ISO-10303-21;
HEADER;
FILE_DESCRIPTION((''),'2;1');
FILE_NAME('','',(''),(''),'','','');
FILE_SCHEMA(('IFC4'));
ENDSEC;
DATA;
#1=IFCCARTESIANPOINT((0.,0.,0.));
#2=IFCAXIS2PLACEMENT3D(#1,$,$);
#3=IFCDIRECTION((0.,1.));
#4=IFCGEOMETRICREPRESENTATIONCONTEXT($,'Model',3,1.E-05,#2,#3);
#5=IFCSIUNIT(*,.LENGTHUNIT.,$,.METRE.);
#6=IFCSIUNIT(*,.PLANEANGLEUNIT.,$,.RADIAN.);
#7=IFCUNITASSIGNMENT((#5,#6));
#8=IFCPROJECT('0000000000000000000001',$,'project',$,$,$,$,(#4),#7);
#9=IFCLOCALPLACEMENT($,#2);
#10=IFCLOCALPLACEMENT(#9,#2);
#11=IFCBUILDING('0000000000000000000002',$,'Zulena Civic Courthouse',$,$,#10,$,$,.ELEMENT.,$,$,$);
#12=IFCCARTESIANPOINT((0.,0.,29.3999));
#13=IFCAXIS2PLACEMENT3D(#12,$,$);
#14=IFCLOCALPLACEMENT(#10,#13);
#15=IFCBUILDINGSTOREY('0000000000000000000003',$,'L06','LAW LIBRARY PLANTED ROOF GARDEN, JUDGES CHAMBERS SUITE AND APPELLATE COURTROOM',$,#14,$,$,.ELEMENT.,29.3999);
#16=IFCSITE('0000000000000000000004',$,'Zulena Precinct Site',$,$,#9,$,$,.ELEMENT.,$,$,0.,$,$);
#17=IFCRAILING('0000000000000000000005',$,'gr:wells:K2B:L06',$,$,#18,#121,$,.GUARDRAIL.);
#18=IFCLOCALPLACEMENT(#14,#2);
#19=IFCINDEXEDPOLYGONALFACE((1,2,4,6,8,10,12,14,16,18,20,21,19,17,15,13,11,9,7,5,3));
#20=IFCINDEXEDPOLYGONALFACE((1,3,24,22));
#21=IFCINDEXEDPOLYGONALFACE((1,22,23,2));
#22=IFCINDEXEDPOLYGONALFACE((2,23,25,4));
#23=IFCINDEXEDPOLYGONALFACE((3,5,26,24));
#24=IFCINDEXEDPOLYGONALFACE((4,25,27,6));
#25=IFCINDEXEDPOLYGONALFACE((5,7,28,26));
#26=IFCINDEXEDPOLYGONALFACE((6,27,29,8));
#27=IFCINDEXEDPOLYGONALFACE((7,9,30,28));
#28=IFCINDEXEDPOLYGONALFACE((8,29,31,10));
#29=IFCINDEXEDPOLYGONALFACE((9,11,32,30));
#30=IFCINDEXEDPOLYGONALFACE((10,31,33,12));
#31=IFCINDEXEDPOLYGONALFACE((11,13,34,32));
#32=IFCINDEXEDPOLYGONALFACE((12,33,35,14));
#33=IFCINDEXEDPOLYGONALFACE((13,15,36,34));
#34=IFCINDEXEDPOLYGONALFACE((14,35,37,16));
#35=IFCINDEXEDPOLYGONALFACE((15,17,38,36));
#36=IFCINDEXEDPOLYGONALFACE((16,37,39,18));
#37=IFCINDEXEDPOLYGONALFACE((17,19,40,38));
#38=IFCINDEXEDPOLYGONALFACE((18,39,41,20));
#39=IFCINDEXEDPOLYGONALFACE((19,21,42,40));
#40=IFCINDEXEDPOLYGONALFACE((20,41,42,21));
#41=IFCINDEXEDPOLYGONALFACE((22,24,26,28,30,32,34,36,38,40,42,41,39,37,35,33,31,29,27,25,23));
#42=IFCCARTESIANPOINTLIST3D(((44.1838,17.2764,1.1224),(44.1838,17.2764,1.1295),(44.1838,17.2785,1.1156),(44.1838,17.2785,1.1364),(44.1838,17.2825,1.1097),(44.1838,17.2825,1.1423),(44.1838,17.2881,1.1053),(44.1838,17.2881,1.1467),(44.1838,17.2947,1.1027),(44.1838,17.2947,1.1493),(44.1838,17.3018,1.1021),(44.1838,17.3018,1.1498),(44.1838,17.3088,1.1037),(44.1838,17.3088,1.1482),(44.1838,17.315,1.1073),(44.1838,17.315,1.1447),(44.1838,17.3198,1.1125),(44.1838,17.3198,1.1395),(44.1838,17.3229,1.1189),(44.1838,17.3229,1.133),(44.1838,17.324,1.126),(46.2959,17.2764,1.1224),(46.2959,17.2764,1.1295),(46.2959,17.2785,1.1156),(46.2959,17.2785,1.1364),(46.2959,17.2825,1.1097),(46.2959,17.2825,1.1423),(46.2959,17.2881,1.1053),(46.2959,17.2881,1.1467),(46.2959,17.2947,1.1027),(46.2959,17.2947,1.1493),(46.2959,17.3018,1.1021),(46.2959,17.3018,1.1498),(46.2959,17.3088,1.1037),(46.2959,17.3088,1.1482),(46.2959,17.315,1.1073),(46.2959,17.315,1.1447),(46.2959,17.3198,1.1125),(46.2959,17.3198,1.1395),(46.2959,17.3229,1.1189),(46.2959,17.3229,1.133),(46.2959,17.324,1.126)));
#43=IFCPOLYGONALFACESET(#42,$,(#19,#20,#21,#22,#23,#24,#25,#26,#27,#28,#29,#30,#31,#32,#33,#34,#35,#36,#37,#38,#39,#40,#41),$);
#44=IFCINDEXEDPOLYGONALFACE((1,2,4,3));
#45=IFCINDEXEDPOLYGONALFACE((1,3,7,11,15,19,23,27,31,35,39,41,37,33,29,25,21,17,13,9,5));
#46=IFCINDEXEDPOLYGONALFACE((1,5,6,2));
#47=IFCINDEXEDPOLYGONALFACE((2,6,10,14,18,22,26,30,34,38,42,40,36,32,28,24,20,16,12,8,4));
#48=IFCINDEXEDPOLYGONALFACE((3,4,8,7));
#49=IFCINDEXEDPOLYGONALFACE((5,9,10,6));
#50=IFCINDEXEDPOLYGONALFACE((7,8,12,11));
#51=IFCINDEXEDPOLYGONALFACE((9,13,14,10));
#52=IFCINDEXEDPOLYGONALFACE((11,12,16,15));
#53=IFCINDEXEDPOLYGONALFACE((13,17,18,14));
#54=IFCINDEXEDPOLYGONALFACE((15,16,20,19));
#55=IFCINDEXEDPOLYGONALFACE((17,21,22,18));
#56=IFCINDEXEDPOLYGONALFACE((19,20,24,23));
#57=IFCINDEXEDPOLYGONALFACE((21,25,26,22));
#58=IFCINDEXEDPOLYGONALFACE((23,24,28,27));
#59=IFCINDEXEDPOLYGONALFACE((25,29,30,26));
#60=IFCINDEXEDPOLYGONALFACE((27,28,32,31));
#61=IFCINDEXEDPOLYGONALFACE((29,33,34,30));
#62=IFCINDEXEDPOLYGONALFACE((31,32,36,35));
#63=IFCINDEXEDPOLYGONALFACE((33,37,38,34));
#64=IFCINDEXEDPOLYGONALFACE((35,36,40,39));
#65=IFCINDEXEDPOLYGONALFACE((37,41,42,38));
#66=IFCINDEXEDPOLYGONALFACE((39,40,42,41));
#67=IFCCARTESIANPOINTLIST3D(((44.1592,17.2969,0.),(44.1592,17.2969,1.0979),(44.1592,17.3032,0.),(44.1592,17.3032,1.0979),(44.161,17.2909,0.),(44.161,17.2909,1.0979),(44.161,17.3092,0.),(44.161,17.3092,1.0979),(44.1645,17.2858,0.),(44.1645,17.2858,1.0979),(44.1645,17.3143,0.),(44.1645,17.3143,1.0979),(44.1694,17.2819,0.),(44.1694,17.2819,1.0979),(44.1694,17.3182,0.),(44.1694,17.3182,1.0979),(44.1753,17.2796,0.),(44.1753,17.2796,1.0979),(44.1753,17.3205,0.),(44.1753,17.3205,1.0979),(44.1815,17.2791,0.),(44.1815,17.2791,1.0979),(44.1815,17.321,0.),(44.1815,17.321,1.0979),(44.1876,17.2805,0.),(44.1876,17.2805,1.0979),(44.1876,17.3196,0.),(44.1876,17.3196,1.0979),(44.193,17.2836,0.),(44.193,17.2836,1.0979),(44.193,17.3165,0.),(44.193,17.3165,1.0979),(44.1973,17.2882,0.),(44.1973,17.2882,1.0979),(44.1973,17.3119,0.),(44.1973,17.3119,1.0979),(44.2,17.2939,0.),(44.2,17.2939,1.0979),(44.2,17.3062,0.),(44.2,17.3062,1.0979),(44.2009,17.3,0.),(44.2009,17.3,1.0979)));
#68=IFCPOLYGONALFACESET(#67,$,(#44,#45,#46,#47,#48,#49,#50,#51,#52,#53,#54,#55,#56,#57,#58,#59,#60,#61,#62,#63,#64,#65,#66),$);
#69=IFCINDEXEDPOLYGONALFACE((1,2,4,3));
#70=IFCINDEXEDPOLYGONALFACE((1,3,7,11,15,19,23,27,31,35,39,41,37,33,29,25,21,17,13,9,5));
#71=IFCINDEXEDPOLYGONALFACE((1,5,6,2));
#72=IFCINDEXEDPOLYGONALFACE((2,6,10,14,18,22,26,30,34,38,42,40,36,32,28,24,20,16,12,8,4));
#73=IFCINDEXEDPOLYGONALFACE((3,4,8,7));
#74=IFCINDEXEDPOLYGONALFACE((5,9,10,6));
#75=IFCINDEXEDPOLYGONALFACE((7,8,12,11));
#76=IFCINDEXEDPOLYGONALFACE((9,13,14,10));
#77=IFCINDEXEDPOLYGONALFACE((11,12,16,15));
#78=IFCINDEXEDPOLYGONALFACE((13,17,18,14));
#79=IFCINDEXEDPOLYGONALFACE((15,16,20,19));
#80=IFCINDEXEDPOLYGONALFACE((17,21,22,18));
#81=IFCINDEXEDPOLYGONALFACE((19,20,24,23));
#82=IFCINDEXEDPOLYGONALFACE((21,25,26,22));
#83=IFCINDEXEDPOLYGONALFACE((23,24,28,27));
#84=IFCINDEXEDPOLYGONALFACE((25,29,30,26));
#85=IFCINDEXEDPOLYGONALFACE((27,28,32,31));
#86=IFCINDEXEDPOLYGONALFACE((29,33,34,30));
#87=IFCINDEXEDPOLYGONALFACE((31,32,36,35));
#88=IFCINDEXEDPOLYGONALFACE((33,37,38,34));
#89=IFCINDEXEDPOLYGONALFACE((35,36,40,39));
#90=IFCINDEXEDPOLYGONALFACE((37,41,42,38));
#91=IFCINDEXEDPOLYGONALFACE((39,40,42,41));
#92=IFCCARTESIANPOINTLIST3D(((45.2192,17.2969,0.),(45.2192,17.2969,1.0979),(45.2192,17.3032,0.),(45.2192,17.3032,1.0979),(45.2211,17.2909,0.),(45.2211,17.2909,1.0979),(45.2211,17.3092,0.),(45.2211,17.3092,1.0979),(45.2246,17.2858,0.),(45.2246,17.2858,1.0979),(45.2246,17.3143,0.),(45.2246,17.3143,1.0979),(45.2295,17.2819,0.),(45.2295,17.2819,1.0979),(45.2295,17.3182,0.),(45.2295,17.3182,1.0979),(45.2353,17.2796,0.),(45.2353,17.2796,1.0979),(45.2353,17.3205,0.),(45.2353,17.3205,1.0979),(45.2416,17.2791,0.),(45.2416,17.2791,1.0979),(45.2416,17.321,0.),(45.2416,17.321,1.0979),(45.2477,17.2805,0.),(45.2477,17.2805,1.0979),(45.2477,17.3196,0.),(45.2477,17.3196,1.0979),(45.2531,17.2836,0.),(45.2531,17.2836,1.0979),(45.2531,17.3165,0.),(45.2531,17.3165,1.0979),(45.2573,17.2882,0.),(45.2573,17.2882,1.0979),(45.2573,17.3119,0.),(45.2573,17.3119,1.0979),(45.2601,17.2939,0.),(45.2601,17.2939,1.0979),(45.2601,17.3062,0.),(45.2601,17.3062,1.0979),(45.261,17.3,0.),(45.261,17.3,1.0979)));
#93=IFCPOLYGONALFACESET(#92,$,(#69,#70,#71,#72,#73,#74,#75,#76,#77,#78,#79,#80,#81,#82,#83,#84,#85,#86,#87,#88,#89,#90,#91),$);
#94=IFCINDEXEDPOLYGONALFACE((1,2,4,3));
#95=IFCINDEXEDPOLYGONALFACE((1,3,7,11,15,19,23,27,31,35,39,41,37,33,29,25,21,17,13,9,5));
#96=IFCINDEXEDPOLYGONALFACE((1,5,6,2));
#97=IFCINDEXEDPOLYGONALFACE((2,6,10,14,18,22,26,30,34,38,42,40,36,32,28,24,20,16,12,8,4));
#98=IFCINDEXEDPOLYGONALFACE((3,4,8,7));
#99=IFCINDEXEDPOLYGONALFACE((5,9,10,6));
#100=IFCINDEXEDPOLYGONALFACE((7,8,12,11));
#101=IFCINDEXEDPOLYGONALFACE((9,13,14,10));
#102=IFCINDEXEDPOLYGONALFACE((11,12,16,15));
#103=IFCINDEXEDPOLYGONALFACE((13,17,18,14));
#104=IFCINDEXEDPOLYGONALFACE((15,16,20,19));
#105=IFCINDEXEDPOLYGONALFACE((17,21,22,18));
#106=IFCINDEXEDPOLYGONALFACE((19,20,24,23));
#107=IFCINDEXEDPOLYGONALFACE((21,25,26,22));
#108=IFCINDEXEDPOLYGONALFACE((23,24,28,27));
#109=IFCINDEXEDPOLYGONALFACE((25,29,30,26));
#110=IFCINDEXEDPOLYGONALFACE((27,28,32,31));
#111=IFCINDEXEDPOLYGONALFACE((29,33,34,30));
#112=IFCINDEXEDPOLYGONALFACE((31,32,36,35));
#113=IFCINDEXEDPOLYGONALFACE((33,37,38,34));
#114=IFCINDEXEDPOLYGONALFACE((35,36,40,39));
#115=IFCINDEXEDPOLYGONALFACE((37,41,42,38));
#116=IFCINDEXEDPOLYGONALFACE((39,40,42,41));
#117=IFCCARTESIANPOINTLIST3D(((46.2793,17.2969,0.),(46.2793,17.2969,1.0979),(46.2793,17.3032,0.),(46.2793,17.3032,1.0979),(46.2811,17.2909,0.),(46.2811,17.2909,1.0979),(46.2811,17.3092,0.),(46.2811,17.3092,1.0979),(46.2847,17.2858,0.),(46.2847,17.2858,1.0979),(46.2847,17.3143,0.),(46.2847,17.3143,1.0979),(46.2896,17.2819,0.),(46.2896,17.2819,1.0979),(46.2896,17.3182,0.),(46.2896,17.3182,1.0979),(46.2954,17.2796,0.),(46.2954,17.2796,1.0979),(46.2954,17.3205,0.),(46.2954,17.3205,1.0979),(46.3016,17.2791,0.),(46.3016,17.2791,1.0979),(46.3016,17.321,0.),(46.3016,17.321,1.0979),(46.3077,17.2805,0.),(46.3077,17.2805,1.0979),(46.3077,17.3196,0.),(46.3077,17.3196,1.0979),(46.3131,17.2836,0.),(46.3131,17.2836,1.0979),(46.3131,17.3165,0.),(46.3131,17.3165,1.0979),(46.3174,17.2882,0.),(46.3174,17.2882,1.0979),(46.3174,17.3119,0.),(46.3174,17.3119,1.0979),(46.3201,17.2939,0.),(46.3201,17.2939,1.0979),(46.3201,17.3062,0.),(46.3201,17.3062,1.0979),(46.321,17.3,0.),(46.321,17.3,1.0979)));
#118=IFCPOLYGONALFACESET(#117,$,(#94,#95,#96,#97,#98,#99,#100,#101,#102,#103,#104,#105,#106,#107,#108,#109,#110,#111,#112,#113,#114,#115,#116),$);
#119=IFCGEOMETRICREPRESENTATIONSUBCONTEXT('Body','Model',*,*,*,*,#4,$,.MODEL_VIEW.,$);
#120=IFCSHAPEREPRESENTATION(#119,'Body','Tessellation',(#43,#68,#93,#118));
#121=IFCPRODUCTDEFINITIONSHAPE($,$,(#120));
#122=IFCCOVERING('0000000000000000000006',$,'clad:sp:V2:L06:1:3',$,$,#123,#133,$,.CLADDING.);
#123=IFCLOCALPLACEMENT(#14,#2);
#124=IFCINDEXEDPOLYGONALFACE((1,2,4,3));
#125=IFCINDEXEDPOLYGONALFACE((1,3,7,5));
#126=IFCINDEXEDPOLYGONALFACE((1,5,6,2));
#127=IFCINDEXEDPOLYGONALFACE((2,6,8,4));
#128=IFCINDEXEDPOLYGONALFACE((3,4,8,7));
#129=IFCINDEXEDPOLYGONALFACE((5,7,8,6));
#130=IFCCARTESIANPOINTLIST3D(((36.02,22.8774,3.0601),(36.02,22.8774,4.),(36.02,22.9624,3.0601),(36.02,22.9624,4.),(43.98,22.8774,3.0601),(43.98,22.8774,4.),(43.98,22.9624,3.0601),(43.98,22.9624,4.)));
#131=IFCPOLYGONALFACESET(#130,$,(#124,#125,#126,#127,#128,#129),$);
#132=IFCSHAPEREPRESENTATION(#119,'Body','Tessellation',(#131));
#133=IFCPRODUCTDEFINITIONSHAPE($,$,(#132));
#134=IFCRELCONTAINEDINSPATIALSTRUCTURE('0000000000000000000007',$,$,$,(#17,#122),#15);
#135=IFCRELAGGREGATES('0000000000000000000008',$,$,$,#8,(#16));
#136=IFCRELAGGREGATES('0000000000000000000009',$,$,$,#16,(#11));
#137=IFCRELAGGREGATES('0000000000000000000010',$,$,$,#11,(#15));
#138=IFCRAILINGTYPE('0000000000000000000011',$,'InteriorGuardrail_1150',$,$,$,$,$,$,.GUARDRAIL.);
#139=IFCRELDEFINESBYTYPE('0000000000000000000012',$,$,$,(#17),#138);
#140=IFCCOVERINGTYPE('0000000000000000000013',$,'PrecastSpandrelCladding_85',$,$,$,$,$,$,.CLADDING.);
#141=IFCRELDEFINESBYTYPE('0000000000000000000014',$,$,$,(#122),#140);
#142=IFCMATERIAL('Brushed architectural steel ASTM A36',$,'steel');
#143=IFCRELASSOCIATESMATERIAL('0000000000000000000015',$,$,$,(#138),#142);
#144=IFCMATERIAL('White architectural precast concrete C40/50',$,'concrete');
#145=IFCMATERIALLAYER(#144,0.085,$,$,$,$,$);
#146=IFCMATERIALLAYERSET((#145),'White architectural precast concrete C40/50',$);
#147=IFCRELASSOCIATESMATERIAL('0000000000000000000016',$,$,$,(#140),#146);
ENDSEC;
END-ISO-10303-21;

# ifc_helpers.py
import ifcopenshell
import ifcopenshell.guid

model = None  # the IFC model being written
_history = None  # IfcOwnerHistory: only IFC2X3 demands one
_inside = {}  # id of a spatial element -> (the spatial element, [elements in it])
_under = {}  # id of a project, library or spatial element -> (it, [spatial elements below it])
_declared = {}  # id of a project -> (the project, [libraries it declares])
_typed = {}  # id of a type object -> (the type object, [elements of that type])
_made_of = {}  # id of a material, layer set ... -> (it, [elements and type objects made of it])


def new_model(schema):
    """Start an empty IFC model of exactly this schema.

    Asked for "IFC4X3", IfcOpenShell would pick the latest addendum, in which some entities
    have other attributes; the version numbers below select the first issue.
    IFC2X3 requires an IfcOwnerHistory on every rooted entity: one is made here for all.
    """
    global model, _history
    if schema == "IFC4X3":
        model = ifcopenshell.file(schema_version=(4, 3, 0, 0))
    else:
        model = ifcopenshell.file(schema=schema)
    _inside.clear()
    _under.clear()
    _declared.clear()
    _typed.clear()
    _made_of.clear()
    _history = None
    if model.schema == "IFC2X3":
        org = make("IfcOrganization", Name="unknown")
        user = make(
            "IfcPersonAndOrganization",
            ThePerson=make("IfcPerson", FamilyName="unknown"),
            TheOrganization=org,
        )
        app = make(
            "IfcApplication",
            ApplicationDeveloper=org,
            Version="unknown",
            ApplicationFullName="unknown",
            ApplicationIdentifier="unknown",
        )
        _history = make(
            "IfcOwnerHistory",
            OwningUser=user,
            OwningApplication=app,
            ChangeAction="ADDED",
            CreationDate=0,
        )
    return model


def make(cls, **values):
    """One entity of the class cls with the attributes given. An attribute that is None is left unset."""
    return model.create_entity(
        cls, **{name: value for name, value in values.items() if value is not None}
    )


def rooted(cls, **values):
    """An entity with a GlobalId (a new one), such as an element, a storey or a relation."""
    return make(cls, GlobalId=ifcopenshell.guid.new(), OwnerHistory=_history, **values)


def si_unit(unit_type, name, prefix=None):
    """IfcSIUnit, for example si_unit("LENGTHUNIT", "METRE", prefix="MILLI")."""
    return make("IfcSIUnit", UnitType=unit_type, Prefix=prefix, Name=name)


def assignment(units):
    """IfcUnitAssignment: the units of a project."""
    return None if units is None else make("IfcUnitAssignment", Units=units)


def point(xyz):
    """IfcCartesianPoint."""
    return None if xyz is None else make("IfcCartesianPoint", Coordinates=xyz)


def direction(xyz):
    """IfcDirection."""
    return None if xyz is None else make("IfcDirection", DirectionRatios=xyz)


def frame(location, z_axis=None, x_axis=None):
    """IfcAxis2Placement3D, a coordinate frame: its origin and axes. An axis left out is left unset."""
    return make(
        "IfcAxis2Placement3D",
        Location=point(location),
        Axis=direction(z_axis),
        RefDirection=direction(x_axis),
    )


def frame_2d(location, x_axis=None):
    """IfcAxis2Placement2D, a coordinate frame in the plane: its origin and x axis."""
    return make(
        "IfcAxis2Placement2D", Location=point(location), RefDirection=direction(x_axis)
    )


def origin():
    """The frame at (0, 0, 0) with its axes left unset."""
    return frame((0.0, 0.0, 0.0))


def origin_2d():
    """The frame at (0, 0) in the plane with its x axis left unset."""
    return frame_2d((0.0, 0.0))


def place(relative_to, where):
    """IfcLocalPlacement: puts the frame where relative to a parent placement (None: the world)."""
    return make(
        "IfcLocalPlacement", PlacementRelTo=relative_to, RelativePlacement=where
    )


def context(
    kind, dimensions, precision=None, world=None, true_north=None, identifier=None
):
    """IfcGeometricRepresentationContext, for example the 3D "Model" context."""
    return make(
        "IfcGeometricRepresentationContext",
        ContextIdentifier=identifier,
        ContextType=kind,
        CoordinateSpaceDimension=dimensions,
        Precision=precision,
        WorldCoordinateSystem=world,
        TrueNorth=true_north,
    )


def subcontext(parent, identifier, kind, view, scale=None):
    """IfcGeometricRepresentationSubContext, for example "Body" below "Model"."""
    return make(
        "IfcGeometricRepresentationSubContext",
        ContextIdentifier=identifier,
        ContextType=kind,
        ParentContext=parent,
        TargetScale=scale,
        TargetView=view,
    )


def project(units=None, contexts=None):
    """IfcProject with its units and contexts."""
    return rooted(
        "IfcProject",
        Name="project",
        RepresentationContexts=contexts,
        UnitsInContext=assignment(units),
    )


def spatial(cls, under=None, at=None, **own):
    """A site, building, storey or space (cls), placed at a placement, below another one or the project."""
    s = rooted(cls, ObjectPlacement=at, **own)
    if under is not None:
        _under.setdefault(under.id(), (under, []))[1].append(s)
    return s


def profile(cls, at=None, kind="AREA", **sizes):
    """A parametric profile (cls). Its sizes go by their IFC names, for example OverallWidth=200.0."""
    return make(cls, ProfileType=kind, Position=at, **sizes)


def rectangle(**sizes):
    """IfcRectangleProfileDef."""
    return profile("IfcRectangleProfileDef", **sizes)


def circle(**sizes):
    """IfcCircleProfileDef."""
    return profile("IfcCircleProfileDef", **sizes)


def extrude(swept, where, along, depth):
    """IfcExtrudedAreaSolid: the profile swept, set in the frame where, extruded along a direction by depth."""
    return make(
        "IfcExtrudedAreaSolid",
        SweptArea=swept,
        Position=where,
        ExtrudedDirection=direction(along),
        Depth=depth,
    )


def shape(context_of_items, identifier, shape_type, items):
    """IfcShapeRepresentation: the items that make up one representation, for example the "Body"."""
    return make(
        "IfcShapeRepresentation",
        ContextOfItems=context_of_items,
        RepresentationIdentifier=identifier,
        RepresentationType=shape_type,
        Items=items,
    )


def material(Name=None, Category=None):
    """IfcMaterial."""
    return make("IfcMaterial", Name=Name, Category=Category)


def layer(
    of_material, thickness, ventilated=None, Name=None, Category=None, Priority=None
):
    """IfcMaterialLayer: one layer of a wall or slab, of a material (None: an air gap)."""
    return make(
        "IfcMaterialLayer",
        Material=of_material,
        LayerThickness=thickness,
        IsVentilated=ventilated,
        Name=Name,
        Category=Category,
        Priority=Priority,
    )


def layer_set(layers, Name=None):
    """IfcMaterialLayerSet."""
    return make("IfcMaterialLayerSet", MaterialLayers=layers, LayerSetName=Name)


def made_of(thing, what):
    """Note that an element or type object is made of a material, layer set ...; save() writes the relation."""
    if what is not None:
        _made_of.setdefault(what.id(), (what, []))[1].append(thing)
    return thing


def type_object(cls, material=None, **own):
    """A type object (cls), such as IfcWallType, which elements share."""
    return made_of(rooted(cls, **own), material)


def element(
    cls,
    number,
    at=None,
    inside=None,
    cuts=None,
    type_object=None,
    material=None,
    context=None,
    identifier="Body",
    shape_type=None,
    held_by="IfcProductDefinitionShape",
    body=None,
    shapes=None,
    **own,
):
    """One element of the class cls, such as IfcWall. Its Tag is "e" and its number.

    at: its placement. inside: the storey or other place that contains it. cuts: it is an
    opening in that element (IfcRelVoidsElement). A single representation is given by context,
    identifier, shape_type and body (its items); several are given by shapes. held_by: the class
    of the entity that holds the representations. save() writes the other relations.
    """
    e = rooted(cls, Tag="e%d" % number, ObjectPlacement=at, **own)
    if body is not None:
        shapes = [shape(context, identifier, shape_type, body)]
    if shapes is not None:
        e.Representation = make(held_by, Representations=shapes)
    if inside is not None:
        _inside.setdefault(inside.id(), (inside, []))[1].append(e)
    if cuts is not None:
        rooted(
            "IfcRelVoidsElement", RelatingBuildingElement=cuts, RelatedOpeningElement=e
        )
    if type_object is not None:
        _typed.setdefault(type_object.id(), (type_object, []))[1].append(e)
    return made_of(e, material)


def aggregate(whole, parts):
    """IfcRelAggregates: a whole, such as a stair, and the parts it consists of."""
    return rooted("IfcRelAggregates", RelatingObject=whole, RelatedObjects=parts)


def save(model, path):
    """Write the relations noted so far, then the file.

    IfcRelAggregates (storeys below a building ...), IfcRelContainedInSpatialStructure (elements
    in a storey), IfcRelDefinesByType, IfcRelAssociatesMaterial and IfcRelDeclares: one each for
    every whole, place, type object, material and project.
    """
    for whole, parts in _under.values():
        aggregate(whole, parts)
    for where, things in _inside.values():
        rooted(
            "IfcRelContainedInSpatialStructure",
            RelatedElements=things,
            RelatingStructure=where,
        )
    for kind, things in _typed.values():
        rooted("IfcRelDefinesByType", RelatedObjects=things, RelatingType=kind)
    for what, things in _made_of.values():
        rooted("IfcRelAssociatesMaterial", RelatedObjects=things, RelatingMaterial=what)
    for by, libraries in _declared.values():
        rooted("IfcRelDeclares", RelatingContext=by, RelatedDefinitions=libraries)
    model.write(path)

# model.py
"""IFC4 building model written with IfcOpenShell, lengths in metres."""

from ifc_helpers import new_model, si_unit, direction, frame, origin, origin_2d, place, context, subcontext, project, spatial, rectangle, circle, extrude, material, layer, layer_set, type_object, element, save


model = new_model("IFC4")

# Units and contexts
model_context = context("Model", 3, precision=1e-05, world=origin(), true_north=direction((0.0, 1.0)))
body_context = subcontext(model_context, "Body", "Model", "MODEL_VIEW")
ifc_project = project(units=[si_unit("LENGTHUNIT", "METRE"), si_unit("PLANEANGLEUNIT", "RADIAN")], contexts=[model_context])

# Site, building, storey
site_placement = place(None, origin())
site = spatial("IfcSite", under=ifc_project, at=site_placement, Name="Zulena Precinct Site", CompositionType="ELEMENT", RefElevation=0.0)
building_placement = place(site_placement, origin())
building = spatial("IfcBuilding", under=site, at=building_placement, Name="Zulena Civic Courthouse", CompositionType="ELEMENT")
storey_placement = place(building_placement, frame((0.0, 0.0, 29.3999)))
storey = spatial("IfcBuildingStorey", under=building, at=storey_placement, Name="L06", Description="LAW LIBRARY PLANTED ROOF GARDEN, JUDGES CHAMBERS SUITE AND APPELLATE COURTROOM", CompositionType="ELEMENT", Elevation=29.3999)

# Railing
ifc_material_1 = material(Name="Brushed architectural steel ASTM A36", Category="steel")
railing_type = type_object("IfcRailingType", Name="InteriorGuardrail_1150", PredefinedType="GUARDRAIL", material=ifc_material_1)
railing_1_placement = place(storey_placement, frame((44.1799, 17.3, 0.0)))
element("IfcRailing", 1, at=railing_1_placement, inside=storey, type_object=railing_type, Name="gr:wells:K2B:L06", PredefinedType="GUARDRAIL", context=body_context, shape_type="SweptSolid", body=[
    extrude(circle(Radius=0.0239, at=origin_2d()), frame((0.0039, 0.0, 1.126), z_axis=(1.0, 0.0, 0.0), x_axis=(0.0, 1.0, 0.0)), (0.0, 0.0, 1.0), 2.1121),
    extrude(circle(Radius=0.021, at=origin_2d()), origin(), (0.0, 0.0, 1.0), 1.0979),
    extrude(circle(Radius=0.021, at=origin_2d()), frame((1.0601, 0.0, 0.0)), (0.0, 0.0, 1.0), 1.0979),
    extrude(circle(Radius=0.021, at=origin_2d()), frame((2.1201, 0.0, 0.0)), (0.0, 0.0, 1.0), 1.0979),
])

# Covering
ifc_material_2 = material(Name="White architectural precast concrete C40/50", Category="concrete")
ifc_layer_1 = layer(ifc_material_2, 0.085)
ifc_layer_set_1 = layer_set([ifc_layer_1], Name="White architectural precast concrete C40/50")
covering_type = type_object("IfcCoveringType", Name="PrecastSpandrelCladding_85", PredefinedType="CLADDING", material=ifc_layer_set_1)
covering_placement = place(storey_placement, frame((40.0, 22.9199, 3.0601), z_axis=(0.0, 0.0, 1.0), x_axis=(1.0, 0.0, 0.0)))
element("IfcCovering", 2, at=covering_placement, inside=storey, type_object=covering_type, Name="clad:sp:V2:L06:1:3", PredefinedType="CLADDING", context=body_context, shape_type="SweptSolid", body=[
    extrude(rectangle(XDim=7.96, YDim=0.085, at=origin_2d()), origin(), (0.0, 0.0, 1.0), 0.9399),
])

save(model, "model.ifc")
